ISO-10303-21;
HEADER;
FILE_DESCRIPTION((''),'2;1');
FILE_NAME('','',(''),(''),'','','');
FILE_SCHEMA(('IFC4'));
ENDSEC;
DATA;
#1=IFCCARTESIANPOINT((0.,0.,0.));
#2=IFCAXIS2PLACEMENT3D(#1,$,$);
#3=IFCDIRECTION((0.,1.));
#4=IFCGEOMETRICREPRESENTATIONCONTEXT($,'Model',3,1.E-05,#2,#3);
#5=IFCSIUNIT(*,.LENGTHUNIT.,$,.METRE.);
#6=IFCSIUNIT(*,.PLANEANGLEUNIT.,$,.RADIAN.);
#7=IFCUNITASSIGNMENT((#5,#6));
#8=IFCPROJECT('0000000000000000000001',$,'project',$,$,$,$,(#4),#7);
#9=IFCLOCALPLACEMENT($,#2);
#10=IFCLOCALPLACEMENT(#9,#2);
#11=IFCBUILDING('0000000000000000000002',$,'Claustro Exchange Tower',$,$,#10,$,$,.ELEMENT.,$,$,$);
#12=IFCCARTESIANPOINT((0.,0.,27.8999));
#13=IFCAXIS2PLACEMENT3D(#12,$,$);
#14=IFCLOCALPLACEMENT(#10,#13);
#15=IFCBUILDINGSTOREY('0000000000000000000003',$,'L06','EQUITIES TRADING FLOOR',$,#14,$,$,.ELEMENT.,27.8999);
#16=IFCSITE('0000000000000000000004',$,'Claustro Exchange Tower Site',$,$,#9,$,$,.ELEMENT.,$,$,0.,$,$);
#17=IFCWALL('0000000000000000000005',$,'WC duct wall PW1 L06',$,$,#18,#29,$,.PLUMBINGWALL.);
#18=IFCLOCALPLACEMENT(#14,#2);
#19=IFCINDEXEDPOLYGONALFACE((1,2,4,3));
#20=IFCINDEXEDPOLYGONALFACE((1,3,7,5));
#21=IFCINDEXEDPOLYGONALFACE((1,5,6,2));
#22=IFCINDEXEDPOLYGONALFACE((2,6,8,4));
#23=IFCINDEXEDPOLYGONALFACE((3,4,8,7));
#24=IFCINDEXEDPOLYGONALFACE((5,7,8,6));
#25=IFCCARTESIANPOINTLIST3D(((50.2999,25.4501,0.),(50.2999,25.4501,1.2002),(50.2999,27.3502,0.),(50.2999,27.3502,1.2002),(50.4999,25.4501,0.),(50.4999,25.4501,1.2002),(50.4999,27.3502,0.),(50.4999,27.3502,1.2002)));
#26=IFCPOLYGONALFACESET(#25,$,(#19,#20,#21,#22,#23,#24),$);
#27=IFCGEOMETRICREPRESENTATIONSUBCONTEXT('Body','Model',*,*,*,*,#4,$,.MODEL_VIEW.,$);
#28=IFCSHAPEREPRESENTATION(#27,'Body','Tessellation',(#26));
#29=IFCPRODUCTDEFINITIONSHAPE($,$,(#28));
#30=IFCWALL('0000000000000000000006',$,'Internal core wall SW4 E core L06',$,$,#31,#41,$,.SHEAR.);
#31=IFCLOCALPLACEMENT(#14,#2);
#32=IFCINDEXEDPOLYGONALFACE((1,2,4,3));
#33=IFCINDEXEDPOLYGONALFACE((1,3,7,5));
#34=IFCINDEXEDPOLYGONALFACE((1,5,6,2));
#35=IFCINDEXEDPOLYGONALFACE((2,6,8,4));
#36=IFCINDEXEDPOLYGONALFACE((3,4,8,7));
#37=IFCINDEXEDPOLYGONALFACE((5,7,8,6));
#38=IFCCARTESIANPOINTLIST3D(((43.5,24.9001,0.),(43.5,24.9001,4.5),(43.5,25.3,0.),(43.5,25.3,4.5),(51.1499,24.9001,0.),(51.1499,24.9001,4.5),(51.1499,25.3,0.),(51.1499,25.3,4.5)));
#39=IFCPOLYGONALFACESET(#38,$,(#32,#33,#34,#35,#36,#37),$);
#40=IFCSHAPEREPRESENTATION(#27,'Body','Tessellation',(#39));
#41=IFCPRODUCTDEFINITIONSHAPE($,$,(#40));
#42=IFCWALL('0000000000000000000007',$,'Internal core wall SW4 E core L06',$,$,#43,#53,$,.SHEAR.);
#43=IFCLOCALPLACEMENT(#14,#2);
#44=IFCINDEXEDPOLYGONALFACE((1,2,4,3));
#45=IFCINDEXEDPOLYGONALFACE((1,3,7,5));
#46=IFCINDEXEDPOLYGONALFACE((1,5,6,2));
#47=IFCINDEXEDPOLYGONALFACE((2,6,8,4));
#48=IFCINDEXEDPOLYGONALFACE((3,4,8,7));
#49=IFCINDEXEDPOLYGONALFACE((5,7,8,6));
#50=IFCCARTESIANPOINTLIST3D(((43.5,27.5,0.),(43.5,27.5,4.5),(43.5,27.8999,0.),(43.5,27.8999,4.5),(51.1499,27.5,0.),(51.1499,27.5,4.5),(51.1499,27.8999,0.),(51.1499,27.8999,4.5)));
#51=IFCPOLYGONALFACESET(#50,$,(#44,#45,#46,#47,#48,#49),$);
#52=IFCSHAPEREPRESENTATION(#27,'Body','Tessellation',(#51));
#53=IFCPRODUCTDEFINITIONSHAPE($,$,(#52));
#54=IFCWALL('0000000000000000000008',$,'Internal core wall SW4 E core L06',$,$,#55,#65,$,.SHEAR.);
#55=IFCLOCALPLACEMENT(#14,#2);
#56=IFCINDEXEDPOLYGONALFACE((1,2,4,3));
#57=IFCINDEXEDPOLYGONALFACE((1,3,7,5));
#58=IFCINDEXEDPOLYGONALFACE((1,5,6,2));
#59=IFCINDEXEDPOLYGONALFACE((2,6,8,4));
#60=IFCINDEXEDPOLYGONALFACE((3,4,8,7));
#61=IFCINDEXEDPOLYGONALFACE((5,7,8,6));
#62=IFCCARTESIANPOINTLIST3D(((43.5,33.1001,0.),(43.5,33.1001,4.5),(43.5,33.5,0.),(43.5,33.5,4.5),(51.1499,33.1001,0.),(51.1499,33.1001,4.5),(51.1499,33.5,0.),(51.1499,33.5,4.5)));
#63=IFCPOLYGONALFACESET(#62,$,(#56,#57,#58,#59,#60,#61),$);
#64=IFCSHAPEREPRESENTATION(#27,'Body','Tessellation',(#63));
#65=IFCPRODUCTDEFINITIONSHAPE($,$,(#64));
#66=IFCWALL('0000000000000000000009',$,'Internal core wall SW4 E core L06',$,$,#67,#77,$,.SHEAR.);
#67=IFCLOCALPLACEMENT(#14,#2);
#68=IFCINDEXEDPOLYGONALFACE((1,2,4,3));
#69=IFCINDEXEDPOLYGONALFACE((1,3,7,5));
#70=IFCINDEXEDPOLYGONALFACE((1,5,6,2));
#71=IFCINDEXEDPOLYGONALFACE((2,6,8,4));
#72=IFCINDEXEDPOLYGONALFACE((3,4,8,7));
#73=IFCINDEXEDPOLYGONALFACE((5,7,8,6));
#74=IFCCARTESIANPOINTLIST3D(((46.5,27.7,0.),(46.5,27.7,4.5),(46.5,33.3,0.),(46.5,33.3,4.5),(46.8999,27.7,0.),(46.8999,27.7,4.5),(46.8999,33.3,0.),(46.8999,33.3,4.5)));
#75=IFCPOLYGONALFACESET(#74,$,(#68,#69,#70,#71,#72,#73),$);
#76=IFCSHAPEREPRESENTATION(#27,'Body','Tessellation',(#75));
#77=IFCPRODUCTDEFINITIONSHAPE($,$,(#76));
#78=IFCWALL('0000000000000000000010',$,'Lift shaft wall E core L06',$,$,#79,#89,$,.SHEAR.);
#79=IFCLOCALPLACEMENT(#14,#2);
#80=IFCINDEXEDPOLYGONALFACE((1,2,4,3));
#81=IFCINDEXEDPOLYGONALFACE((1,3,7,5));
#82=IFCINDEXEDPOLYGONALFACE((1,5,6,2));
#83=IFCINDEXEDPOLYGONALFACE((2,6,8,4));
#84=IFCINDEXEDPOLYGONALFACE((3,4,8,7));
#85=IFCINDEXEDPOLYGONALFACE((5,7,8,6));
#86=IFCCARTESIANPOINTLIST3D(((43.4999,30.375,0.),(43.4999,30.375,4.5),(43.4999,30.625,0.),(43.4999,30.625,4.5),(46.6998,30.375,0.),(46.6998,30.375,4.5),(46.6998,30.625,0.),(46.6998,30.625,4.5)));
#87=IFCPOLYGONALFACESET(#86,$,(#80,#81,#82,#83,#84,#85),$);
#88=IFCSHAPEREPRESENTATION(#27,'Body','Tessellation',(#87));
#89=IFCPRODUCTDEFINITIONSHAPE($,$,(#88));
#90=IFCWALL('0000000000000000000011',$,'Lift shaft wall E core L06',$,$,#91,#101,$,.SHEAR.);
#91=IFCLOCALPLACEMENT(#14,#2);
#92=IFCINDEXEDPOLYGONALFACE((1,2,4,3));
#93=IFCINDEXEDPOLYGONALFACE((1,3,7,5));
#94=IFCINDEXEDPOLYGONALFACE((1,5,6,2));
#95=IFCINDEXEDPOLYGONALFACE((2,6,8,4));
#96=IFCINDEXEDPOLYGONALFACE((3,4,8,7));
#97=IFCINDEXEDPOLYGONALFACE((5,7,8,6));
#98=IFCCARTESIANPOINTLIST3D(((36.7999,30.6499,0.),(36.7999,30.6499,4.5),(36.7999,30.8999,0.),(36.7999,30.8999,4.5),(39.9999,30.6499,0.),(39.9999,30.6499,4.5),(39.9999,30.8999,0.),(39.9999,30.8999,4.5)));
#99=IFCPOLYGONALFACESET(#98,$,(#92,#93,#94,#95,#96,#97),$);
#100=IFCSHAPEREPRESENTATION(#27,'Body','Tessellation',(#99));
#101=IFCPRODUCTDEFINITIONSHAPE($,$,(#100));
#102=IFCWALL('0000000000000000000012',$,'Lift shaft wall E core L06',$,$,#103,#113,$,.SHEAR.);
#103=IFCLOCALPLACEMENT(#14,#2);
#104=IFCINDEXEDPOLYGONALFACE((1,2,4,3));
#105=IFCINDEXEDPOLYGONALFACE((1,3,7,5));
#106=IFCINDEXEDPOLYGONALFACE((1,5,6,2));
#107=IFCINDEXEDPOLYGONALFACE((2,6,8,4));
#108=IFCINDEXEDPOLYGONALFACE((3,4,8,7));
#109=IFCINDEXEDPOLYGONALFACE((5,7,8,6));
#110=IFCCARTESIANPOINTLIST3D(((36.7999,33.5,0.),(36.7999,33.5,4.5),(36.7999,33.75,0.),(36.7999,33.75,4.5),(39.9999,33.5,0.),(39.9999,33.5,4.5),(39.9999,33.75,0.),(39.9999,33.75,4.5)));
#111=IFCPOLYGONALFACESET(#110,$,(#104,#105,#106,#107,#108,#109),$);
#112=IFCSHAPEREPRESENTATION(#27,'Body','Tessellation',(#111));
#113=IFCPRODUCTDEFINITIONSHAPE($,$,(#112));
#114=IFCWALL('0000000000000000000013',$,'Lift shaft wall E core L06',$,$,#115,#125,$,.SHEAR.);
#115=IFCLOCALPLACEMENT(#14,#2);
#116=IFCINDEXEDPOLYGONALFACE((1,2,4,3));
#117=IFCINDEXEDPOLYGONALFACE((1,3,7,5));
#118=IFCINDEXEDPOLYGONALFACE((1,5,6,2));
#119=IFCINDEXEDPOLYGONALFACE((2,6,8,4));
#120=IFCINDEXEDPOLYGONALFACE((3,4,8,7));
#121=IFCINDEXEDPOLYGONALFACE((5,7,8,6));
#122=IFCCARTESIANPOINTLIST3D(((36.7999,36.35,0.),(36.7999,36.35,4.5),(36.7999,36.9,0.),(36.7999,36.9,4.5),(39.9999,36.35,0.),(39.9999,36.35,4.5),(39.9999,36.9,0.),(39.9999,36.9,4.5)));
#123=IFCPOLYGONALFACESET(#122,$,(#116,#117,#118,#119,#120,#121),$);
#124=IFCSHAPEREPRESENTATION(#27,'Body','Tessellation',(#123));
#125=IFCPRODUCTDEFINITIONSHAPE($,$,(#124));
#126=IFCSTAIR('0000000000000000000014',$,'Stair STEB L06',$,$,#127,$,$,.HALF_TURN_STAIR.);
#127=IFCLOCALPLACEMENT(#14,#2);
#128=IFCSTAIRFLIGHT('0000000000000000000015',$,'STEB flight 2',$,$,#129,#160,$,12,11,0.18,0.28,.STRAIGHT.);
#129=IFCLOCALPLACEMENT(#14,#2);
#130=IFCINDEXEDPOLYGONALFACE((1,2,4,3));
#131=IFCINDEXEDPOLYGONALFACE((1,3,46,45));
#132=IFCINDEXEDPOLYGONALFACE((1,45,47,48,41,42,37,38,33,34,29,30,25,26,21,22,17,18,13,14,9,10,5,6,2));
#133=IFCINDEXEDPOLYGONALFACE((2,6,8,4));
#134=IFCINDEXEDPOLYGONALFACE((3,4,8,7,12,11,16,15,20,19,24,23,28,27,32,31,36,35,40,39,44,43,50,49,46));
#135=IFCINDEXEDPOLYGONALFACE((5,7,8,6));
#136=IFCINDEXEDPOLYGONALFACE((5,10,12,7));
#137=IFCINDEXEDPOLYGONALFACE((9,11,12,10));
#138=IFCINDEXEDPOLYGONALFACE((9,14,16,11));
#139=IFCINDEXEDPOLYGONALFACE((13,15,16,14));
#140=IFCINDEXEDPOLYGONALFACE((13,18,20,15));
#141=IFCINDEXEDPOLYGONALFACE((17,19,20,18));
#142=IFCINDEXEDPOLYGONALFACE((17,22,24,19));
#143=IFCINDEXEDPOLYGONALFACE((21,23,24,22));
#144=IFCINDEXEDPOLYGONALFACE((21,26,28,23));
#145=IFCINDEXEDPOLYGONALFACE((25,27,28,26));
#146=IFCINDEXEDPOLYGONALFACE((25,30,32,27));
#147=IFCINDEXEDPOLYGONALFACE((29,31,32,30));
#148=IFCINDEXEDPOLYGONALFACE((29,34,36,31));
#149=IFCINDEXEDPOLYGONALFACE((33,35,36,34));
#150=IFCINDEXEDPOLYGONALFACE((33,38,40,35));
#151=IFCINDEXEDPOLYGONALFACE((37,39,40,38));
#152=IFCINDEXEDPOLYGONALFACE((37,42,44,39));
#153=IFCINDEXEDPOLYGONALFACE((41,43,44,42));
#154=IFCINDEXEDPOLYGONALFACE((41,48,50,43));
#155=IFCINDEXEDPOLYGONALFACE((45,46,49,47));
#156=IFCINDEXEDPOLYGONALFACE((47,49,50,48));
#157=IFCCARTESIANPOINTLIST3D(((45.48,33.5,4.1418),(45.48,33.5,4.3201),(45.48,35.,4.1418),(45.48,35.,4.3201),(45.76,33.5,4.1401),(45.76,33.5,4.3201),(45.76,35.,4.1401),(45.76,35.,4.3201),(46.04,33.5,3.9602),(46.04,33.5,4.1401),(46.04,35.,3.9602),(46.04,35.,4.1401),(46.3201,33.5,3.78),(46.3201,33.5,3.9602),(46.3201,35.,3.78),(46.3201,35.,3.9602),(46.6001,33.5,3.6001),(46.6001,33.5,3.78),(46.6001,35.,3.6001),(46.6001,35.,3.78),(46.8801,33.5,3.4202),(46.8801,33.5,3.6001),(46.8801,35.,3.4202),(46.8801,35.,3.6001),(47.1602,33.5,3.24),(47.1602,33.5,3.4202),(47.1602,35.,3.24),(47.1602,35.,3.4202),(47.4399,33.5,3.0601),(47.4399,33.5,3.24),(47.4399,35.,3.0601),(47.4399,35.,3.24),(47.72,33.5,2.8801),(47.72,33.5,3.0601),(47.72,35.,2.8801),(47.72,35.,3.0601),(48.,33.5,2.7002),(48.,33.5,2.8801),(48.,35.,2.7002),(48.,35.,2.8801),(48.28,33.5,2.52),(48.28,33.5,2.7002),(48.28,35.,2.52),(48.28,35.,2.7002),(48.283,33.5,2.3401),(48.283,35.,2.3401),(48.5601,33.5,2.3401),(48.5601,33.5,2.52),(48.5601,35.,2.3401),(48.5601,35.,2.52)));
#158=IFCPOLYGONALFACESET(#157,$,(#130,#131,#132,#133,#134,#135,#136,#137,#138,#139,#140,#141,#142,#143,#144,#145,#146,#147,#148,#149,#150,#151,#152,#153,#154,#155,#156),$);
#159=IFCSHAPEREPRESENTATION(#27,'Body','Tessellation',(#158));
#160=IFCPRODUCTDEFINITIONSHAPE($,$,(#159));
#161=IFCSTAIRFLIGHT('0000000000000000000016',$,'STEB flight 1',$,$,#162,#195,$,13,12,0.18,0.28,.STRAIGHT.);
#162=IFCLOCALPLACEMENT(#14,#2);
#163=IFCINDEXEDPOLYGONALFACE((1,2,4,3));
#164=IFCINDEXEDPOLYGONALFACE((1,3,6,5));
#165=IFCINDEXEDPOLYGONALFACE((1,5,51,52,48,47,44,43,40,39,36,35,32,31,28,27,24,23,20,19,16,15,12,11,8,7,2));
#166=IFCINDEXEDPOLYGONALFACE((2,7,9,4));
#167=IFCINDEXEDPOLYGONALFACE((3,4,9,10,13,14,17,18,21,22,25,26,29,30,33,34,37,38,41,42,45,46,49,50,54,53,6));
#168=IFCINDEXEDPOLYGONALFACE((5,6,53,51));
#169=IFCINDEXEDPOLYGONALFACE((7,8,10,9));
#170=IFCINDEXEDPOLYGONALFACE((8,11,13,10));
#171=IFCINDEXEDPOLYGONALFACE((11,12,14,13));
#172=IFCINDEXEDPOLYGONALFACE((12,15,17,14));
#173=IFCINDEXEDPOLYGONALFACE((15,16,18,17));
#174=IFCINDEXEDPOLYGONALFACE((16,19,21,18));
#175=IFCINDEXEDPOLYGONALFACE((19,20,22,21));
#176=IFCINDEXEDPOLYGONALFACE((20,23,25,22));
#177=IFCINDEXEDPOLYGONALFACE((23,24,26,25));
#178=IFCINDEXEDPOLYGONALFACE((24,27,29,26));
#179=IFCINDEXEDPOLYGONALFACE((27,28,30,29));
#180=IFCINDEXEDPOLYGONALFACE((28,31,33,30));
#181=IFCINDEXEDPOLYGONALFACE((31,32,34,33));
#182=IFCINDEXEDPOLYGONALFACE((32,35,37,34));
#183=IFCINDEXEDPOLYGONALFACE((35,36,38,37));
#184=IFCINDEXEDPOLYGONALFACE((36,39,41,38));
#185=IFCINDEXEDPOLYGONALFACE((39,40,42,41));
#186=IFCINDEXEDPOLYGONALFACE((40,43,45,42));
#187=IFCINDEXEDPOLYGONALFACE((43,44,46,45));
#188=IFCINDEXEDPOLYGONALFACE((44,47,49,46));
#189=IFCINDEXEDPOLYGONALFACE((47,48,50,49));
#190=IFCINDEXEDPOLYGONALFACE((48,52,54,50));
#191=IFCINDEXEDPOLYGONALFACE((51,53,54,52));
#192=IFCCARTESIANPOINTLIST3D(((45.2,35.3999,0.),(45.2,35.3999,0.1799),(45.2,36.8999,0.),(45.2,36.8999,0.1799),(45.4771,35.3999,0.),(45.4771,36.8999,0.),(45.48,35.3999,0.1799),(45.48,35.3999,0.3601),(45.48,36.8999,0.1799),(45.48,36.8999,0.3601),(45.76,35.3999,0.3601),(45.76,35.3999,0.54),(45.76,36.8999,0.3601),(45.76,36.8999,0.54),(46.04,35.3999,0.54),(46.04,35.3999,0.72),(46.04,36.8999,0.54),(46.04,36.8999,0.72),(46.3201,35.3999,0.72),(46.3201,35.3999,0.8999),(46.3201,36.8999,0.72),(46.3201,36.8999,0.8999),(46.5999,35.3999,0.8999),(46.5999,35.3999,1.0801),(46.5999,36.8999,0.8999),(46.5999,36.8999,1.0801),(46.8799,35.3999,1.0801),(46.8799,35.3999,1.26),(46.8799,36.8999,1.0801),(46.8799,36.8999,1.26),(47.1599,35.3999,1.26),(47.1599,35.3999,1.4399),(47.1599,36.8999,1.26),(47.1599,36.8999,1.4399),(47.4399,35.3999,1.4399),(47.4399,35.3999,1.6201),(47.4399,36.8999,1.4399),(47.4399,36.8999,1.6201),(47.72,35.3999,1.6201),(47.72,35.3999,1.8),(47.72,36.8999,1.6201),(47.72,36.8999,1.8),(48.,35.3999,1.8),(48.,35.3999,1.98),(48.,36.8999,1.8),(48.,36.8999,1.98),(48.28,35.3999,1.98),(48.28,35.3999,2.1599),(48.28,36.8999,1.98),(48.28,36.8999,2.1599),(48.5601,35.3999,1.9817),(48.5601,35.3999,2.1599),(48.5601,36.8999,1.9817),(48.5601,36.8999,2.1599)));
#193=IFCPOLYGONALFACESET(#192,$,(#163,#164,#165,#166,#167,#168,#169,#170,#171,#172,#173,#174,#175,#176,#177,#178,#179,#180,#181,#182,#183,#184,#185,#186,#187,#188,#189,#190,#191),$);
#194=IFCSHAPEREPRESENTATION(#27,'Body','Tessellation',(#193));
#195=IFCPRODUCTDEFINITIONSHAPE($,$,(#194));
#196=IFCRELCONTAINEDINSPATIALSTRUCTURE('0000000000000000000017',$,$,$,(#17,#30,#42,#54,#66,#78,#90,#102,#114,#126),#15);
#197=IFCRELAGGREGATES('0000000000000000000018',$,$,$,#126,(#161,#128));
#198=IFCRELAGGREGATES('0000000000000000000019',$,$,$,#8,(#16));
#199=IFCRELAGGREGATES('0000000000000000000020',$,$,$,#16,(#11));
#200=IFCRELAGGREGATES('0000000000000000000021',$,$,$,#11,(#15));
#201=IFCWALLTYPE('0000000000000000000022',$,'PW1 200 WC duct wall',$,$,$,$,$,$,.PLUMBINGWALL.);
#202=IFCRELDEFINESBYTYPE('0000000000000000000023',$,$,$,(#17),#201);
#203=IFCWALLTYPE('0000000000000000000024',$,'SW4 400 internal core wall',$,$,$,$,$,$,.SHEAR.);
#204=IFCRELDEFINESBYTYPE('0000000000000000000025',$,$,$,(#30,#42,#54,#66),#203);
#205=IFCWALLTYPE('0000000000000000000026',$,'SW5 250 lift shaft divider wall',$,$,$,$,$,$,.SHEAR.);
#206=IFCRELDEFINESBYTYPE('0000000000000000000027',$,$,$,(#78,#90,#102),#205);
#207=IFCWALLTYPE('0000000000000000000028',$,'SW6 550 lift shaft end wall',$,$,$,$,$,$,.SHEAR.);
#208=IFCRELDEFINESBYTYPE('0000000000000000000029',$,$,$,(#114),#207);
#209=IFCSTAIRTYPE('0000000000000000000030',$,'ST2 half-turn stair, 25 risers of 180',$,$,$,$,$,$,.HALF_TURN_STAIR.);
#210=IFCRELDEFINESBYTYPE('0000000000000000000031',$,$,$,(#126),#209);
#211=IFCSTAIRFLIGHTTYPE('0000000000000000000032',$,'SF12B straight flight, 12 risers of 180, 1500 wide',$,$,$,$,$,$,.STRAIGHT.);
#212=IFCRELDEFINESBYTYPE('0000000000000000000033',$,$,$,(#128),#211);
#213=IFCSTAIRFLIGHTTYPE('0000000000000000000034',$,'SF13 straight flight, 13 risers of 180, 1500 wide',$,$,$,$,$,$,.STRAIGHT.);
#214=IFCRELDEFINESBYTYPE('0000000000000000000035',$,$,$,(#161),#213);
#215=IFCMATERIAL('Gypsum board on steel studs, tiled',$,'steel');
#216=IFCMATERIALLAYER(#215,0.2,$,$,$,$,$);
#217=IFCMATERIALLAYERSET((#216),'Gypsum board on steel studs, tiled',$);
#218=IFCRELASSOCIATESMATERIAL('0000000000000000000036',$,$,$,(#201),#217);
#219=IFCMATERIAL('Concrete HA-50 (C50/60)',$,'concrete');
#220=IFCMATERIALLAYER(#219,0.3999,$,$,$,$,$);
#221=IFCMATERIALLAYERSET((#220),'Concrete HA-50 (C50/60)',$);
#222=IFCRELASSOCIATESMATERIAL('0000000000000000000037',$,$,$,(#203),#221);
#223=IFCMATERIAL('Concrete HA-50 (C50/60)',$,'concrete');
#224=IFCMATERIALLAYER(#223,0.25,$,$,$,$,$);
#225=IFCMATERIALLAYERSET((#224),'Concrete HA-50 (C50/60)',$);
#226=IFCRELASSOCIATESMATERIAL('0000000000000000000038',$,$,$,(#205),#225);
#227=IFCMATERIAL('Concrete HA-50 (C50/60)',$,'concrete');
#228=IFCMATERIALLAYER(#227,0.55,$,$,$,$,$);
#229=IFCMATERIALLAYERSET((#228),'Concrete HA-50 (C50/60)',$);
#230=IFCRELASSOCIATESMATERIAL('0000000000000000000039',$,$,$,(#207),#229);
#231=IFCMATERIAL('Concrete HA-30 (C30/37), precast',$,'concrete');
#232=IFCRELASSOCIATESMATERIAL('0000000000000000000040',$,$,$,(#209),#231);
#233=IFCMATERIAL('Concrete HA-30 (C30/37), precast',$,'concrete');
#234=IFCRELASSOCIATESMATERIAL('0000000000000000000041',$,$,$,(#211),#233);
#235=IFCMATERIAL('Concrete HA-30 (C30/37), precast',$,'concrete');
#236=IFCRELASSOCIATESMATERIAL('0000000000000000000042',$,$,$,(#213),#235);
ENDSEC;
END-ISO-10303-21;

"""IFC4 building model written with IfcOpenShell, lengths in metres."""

from ifc_helpers import new_model, si_unit, direction, frame, frame_2d, origin, place, context, subcontext, project, spatial, polyline, rectangle, outline, extrude, material, layer, layer_set, type_object, element, aggregate, save


model = new_model("IFC4")

# Units and contexts
model_context = context("Model", 3, precision=1e-05, world=origin(), true_north=direction((0.0, 1.0)))
body_context = subcontext(model_context, "Body", "Model", "MODEL_VIEW")
ifc_project = project(units=[si_unit("LENGTHUNIT", "METRE"), si_unit("PLANEANGLEUNIT", "RADIAN")], contexts=[model_context])

# Site, building, storey
site_placement = place(None, origin())
site = spatial("IfcSite", under=ifc_project, at=site_placement, Name="Claustro Exchange Tower Site", CompositionType="ELEMENT", RefElevation=0.0)
building_placement = place(site_placement, origin())
building = spatial("IfcBuilding", under=site, at=building_placement, Name="Claustro Exchange Tower", CompositionType="ELEMENT")
storey_placement = place(building_placement, frame((0.0, 0.0, 27.8999)))
storey = spatial("IfcBuildingStorey", under=building, at=storey_placement, Name="L06", Description="EQUITIES TRADING FLOOR", CompositionType="ELEMENT", Elevation=27.8999)

# Walls
ifc_material_1 = material(Name="Gypsum board on steel studs, tiled", Category="steel")
ifc_layer_1 = layer(ifc_material_1, 0.2)
ifc_layer_set_1 = layer_set([ifc_layer_1], Name="Gypsum board on steel studs, tiled")
wall_type_1 = type_object("IfcWallType", Name="PW1 200 WC duct wall", PredefinedType="PLUMBINGWALL", material=ifc_layer_set_1)
wall_1_placement = place(storey_placement, frame((50.3999, 25.45, 0.0), z_axis=(0.0, 0.0, 1.0), x_axis=(0.0, 1.0, 0.0)))
element("IfcWall", 1, at=wall_1_placement, inside=storey, type_object=wall_type_1, Name="WC duct wall PW1 L06", PredefinedType="PLUMBINGWALL", context=body_context, shape_type="SweptSolid", body=[
    extrude(rectangle(XDim=1.9001, YDim=0.2, at=frame_2d((0.9502, 0.0))), origin(), (0.0, 0.0, 1.0), 1.2002),
])
ifc_material_2 = material(Name="Concrete HA-50 (C50/60)", Category="concrete")
ifc_layer_2 = layer(ifc_material_2, 0.3999)
ifc_layer_set_2 = layer_set([ifc_layer_2], Name="Concrete HA-50 (C50/60)")
wall_type_2 = type_object("IfcWallType", Name="SW4 400 internal core wall", PredefinedType="SHEAR", material=ifc_layer_set_2)
for number, where, z_axis, x_axis, name in (
    (2, (51.1499, 25.1001, 0.0), (0.0, 0.0, 1.0), (-1.0, 0.0, 0.0), "Internal core wall SW4 E core L06"),
    (3, (51.1499, 27.7, 0.0), (0.0, 0.0, 1.0), (-1.0, 0.0, 0.0), "Internal core wall SW4 E core L06"),
    (4, (51.1499, 33.3, 0.0), (0.0, 0.0, 1.0), (-1.0, 0.0, 0.0), "Internal core wall SW4 E core L06"),
):
    element("IfcWall", number, at=place(storey_placement, frame(where, z_axis=z_axis, x_axis=x_axis)), inside=storey, type_object=wall_type_2, Name=name, PredefinedType="SHEAR", context=body_context, shape_type="SweptSolid", body=[
        extrude(rectangle(XDim=7.6499, YDim=0.3999, at=frame_2d((3.825, 0.0))), origin(), (0.0, 0.0, 1.0), 4.5),
    ])
wall_2_placement = place(storey_placement, frame((46.7, 27.7, 0.0), z_axis=(0.0, 0.0, 1.0), x_axis=(0.0, 1.0, 0.0)))
element("IfcWall", 5, at=wall_2_placement, inside=storey, type_object=wall_type_2, Name="Internal core wall SW4 E core L06", PredefinedType="SHEAR", context=body_context, shape_type="SweptSolid", body=[
    extrude(rectangle(XDim=5.6001, YDim=0.3999, at=frame_2d((2.8, 0.0))), origin(), (0.0, 0.0, 1.0), 4.5),
])
ifc_material_3 = material(Name="Concrete HA-50 (C50/60)", Category="concrete")
ifc_layer_3 = layer(ifc_material_3, 0.25)
ifc_layer_set_3 = layer_set([ifc_layer_3], Name="Concrete HA-50 (C50/60)")
wall_type_3 = type_object("IfcWallType", Name="SW5 250 lift shaft divider wall", PredefinedType="SHEAR", material=ifc_layer_set_3)
for number, where, z_axis, x_axis, name in (
    (6, (46.7, 30.5, 0.0), (0.0, 0.0, 1.0), (-1.0, 0.0, 0.0), "Lift shaft wall E core L06"),
    (7, (40.0, 30.7749, 0.0), (0.0, 0.0, 1.0), (-1.0, 0.0, 0.0), "Lift shaft wall E core L06"),
    (8, (40.0, 33.625, 0.0), (0.0, 0.0, 1.0), (-1.0, 0.0, 0.0), "Lift shaft wall E core L06"),
):
    element("IfcWall", number, at=place(storey_placement, frame(where, z_axis=z_axis, x_axis=x_axis)), inside=storey, type_object=wall_type_3, Name=name, PredefinedType="SHEAR", context=body_context, shape_type="SweptSolid", body=[
        extrude(rectangle(XDim=3.2, YDim=0.25, at=frame_2d((1.6001, 0.0))), origin(), (0.0, 0.0, 1.0), 4.5),
    ])
ifc_material_4 = material(Name="Concrete HA-50 (C50/60)", Category="concrete")
ifc_layer_4 = layer(ifc_material_4, 0.55)
ifc_layer_set_4 = layer_set([ifc_layer_4], Name="Concrete HA-50 (C50/60)")
wall_type_4 = type_object("IfcWallType", Name="SW6 550 lift shaft end wall", PredefinedType="SHEAR", material=ifc_layer_set_4)
wall_3_placement = place(storey_placement, frame((40.0, 36.625, 0.0), z_axis=(0.0, 0.0, 1.0), x_axis=(-1.0, 0.0, 0.0)))
element("IfcWall", 9, at=wall_3_placement, inside=storey, type_object=wall_type_4, Name="Lift shaft wall E core L06", PredefinedType="SHEAR", context=body_context, shape_type="SweptSolid", body=[
    extrude(rectangle(XDim=3.2, YDim=0.55, at=frame_2d((1.6001, 0.0))), origin(), (0.0, 0.0, 1.0), 4.5),
])

# Stair, stair flights
ifc_material_5 = material(Name="Concrete HA-30 (C30/37), precast", Category="concrete")
stair_type = type_object("IfcStairType", Name="ST2 half-turn stair, 25 risers of 180", PredefinedType="HALF_TURN_STAIR", material=ifc_material_5)
stair_placement = place(storey_placement, origin())
stair = element("IfcStair", 10, at=stair_placement, inside=storey, type_object=stair_type, Name="Stair STEB L06", PredefinedType="HALF_TURN_STAIR")
ifc_material_6 = material(Name="Concrete HA-30 (C30/37), precast", Category="concrete")
stair_flight_type_1 = type_object("IfcStairFlightType", Name="SF12B straight flight, 12 risers of 180, 1500 wide", PredefinedType="STRAIGHT", material=ifc_material_6)
stair_flight_1_placement = place(storey_placement, frame((48.5601, 34.25, 2.3401), z_axis=(0.0, 0.0, 1.0), x_axis=(-1.0, 0.0, 0.0)))
stair_flight_1 = element("IfcStairFlight", 11, at=stair_flight_1_placement, type_object=stair_flight_type_1, Name="STEB flight 2", NumberOfRisers=12, NumberOfTreads=11, PredefinedType="STRAIGHT", RiserHeight=0.18, TreadLength=0.28, context=body_context, shape_type="SweptSolid", body=[
    extrude(outline(polyline([(0.0, 0.0), (0.0, 0.1799), (0.28, 0.1799), (0.28, 0.3601), (0.5601, 0.3601), (0.5601, 0.54), (0.8401, 0.54), (0.8401, 0.72), (1.1201, 0.72), (1.1201, 0.8999), (1.3999, 0.8999), (1.3999, 1.0801), (1.6799, 1.0801), (1.6799, 1.26), (1.96, 1.26), (1.96, 1.4399), (2.24, 1.4399), (2.24, 1.6201), (2.52, 1.6201), (2.52, 1.8), (2.8, 1.8), (2.8, 1.98), (3.0801, 1.98), (3.0801, 2.1599), (3.0801, 1.8018), (0.2771, 0.0), (0.0, 0.0)])), frame((0.0, 0.75, 0.0), z_axis=(0.0, -1.0, 0.0), x_axis=(1.0, 0.0, 0.0)), (0.0, 0.0, 1.0), 1.5),
])
ifc_material_7 = material(Name="Concrete HA-30 (C30/37), precast", Category="concrete")
stair_flight_type_2 = type_object("IfcStairFlightType", Name="SF13 straight flight, 13 risers of 180, 1500 wide", PredefinedType="STRAIGHT", material=ifc_material_7)
stair_flight_2_placement = place(storey_placement, frame((45.2, 36.1499, 0.0), z_axis=(0.0, 0.0, 1.0), x_axis=(1.0, 0.0, 0.0)))
stair_flight_2 = element("IfcStairFlight", 12, at=stair_flight_2_placement, type_object=stair_flight_type_2, Name="STEB flight 1", NumberOfRisers=13, NumberOfTreads=12, PredefinedType="STRAIGHT", RiserHeight=0.18, TreadLength=0.28, context=body_context, shape_type="SweptSolid", body=[
    extrude(outline(polyline([(0.0, 0.0), (0.0, 0.1799), (0.28, 0.1799), (0.28, 0.3601), (0.5601, 0.3601), (0.5601, 0.54), (0.8401, 0.54), (0.8401, 0.72), (1.1201, 0.72), (1.1201, 0.8999), (1.3999, 0.8999), (1.3999, 1.0801), (1.6799, 1.0801), (1.6799, 1.26), (1.96, 1.26), (1.96, 1.4399), (2.24, 1.4399), (2.24, 1.6201), (2.52, 1.6201), (2.52, 1.8), (2.8, 1.8), (2.8, 1.98), (3.0801, 1.98), (3.0801, 2.1599), (3.3601, 2.1599), (3.3601, 2.3401), (3.3601, 1.9817), (0.2771, 0.0), (0.0, 0.0)])), frame((0.0, 0.75, 0.0), z_axis=(0.0, -1.0, 0.0), x_axis=(1.0, 0.0, 0.0)), (0.0, 0.0, 1.0), 1.5),
])
aggregate(stair, [stair_flight_2, stair_flight_1])

save(model, "model.ifc")
